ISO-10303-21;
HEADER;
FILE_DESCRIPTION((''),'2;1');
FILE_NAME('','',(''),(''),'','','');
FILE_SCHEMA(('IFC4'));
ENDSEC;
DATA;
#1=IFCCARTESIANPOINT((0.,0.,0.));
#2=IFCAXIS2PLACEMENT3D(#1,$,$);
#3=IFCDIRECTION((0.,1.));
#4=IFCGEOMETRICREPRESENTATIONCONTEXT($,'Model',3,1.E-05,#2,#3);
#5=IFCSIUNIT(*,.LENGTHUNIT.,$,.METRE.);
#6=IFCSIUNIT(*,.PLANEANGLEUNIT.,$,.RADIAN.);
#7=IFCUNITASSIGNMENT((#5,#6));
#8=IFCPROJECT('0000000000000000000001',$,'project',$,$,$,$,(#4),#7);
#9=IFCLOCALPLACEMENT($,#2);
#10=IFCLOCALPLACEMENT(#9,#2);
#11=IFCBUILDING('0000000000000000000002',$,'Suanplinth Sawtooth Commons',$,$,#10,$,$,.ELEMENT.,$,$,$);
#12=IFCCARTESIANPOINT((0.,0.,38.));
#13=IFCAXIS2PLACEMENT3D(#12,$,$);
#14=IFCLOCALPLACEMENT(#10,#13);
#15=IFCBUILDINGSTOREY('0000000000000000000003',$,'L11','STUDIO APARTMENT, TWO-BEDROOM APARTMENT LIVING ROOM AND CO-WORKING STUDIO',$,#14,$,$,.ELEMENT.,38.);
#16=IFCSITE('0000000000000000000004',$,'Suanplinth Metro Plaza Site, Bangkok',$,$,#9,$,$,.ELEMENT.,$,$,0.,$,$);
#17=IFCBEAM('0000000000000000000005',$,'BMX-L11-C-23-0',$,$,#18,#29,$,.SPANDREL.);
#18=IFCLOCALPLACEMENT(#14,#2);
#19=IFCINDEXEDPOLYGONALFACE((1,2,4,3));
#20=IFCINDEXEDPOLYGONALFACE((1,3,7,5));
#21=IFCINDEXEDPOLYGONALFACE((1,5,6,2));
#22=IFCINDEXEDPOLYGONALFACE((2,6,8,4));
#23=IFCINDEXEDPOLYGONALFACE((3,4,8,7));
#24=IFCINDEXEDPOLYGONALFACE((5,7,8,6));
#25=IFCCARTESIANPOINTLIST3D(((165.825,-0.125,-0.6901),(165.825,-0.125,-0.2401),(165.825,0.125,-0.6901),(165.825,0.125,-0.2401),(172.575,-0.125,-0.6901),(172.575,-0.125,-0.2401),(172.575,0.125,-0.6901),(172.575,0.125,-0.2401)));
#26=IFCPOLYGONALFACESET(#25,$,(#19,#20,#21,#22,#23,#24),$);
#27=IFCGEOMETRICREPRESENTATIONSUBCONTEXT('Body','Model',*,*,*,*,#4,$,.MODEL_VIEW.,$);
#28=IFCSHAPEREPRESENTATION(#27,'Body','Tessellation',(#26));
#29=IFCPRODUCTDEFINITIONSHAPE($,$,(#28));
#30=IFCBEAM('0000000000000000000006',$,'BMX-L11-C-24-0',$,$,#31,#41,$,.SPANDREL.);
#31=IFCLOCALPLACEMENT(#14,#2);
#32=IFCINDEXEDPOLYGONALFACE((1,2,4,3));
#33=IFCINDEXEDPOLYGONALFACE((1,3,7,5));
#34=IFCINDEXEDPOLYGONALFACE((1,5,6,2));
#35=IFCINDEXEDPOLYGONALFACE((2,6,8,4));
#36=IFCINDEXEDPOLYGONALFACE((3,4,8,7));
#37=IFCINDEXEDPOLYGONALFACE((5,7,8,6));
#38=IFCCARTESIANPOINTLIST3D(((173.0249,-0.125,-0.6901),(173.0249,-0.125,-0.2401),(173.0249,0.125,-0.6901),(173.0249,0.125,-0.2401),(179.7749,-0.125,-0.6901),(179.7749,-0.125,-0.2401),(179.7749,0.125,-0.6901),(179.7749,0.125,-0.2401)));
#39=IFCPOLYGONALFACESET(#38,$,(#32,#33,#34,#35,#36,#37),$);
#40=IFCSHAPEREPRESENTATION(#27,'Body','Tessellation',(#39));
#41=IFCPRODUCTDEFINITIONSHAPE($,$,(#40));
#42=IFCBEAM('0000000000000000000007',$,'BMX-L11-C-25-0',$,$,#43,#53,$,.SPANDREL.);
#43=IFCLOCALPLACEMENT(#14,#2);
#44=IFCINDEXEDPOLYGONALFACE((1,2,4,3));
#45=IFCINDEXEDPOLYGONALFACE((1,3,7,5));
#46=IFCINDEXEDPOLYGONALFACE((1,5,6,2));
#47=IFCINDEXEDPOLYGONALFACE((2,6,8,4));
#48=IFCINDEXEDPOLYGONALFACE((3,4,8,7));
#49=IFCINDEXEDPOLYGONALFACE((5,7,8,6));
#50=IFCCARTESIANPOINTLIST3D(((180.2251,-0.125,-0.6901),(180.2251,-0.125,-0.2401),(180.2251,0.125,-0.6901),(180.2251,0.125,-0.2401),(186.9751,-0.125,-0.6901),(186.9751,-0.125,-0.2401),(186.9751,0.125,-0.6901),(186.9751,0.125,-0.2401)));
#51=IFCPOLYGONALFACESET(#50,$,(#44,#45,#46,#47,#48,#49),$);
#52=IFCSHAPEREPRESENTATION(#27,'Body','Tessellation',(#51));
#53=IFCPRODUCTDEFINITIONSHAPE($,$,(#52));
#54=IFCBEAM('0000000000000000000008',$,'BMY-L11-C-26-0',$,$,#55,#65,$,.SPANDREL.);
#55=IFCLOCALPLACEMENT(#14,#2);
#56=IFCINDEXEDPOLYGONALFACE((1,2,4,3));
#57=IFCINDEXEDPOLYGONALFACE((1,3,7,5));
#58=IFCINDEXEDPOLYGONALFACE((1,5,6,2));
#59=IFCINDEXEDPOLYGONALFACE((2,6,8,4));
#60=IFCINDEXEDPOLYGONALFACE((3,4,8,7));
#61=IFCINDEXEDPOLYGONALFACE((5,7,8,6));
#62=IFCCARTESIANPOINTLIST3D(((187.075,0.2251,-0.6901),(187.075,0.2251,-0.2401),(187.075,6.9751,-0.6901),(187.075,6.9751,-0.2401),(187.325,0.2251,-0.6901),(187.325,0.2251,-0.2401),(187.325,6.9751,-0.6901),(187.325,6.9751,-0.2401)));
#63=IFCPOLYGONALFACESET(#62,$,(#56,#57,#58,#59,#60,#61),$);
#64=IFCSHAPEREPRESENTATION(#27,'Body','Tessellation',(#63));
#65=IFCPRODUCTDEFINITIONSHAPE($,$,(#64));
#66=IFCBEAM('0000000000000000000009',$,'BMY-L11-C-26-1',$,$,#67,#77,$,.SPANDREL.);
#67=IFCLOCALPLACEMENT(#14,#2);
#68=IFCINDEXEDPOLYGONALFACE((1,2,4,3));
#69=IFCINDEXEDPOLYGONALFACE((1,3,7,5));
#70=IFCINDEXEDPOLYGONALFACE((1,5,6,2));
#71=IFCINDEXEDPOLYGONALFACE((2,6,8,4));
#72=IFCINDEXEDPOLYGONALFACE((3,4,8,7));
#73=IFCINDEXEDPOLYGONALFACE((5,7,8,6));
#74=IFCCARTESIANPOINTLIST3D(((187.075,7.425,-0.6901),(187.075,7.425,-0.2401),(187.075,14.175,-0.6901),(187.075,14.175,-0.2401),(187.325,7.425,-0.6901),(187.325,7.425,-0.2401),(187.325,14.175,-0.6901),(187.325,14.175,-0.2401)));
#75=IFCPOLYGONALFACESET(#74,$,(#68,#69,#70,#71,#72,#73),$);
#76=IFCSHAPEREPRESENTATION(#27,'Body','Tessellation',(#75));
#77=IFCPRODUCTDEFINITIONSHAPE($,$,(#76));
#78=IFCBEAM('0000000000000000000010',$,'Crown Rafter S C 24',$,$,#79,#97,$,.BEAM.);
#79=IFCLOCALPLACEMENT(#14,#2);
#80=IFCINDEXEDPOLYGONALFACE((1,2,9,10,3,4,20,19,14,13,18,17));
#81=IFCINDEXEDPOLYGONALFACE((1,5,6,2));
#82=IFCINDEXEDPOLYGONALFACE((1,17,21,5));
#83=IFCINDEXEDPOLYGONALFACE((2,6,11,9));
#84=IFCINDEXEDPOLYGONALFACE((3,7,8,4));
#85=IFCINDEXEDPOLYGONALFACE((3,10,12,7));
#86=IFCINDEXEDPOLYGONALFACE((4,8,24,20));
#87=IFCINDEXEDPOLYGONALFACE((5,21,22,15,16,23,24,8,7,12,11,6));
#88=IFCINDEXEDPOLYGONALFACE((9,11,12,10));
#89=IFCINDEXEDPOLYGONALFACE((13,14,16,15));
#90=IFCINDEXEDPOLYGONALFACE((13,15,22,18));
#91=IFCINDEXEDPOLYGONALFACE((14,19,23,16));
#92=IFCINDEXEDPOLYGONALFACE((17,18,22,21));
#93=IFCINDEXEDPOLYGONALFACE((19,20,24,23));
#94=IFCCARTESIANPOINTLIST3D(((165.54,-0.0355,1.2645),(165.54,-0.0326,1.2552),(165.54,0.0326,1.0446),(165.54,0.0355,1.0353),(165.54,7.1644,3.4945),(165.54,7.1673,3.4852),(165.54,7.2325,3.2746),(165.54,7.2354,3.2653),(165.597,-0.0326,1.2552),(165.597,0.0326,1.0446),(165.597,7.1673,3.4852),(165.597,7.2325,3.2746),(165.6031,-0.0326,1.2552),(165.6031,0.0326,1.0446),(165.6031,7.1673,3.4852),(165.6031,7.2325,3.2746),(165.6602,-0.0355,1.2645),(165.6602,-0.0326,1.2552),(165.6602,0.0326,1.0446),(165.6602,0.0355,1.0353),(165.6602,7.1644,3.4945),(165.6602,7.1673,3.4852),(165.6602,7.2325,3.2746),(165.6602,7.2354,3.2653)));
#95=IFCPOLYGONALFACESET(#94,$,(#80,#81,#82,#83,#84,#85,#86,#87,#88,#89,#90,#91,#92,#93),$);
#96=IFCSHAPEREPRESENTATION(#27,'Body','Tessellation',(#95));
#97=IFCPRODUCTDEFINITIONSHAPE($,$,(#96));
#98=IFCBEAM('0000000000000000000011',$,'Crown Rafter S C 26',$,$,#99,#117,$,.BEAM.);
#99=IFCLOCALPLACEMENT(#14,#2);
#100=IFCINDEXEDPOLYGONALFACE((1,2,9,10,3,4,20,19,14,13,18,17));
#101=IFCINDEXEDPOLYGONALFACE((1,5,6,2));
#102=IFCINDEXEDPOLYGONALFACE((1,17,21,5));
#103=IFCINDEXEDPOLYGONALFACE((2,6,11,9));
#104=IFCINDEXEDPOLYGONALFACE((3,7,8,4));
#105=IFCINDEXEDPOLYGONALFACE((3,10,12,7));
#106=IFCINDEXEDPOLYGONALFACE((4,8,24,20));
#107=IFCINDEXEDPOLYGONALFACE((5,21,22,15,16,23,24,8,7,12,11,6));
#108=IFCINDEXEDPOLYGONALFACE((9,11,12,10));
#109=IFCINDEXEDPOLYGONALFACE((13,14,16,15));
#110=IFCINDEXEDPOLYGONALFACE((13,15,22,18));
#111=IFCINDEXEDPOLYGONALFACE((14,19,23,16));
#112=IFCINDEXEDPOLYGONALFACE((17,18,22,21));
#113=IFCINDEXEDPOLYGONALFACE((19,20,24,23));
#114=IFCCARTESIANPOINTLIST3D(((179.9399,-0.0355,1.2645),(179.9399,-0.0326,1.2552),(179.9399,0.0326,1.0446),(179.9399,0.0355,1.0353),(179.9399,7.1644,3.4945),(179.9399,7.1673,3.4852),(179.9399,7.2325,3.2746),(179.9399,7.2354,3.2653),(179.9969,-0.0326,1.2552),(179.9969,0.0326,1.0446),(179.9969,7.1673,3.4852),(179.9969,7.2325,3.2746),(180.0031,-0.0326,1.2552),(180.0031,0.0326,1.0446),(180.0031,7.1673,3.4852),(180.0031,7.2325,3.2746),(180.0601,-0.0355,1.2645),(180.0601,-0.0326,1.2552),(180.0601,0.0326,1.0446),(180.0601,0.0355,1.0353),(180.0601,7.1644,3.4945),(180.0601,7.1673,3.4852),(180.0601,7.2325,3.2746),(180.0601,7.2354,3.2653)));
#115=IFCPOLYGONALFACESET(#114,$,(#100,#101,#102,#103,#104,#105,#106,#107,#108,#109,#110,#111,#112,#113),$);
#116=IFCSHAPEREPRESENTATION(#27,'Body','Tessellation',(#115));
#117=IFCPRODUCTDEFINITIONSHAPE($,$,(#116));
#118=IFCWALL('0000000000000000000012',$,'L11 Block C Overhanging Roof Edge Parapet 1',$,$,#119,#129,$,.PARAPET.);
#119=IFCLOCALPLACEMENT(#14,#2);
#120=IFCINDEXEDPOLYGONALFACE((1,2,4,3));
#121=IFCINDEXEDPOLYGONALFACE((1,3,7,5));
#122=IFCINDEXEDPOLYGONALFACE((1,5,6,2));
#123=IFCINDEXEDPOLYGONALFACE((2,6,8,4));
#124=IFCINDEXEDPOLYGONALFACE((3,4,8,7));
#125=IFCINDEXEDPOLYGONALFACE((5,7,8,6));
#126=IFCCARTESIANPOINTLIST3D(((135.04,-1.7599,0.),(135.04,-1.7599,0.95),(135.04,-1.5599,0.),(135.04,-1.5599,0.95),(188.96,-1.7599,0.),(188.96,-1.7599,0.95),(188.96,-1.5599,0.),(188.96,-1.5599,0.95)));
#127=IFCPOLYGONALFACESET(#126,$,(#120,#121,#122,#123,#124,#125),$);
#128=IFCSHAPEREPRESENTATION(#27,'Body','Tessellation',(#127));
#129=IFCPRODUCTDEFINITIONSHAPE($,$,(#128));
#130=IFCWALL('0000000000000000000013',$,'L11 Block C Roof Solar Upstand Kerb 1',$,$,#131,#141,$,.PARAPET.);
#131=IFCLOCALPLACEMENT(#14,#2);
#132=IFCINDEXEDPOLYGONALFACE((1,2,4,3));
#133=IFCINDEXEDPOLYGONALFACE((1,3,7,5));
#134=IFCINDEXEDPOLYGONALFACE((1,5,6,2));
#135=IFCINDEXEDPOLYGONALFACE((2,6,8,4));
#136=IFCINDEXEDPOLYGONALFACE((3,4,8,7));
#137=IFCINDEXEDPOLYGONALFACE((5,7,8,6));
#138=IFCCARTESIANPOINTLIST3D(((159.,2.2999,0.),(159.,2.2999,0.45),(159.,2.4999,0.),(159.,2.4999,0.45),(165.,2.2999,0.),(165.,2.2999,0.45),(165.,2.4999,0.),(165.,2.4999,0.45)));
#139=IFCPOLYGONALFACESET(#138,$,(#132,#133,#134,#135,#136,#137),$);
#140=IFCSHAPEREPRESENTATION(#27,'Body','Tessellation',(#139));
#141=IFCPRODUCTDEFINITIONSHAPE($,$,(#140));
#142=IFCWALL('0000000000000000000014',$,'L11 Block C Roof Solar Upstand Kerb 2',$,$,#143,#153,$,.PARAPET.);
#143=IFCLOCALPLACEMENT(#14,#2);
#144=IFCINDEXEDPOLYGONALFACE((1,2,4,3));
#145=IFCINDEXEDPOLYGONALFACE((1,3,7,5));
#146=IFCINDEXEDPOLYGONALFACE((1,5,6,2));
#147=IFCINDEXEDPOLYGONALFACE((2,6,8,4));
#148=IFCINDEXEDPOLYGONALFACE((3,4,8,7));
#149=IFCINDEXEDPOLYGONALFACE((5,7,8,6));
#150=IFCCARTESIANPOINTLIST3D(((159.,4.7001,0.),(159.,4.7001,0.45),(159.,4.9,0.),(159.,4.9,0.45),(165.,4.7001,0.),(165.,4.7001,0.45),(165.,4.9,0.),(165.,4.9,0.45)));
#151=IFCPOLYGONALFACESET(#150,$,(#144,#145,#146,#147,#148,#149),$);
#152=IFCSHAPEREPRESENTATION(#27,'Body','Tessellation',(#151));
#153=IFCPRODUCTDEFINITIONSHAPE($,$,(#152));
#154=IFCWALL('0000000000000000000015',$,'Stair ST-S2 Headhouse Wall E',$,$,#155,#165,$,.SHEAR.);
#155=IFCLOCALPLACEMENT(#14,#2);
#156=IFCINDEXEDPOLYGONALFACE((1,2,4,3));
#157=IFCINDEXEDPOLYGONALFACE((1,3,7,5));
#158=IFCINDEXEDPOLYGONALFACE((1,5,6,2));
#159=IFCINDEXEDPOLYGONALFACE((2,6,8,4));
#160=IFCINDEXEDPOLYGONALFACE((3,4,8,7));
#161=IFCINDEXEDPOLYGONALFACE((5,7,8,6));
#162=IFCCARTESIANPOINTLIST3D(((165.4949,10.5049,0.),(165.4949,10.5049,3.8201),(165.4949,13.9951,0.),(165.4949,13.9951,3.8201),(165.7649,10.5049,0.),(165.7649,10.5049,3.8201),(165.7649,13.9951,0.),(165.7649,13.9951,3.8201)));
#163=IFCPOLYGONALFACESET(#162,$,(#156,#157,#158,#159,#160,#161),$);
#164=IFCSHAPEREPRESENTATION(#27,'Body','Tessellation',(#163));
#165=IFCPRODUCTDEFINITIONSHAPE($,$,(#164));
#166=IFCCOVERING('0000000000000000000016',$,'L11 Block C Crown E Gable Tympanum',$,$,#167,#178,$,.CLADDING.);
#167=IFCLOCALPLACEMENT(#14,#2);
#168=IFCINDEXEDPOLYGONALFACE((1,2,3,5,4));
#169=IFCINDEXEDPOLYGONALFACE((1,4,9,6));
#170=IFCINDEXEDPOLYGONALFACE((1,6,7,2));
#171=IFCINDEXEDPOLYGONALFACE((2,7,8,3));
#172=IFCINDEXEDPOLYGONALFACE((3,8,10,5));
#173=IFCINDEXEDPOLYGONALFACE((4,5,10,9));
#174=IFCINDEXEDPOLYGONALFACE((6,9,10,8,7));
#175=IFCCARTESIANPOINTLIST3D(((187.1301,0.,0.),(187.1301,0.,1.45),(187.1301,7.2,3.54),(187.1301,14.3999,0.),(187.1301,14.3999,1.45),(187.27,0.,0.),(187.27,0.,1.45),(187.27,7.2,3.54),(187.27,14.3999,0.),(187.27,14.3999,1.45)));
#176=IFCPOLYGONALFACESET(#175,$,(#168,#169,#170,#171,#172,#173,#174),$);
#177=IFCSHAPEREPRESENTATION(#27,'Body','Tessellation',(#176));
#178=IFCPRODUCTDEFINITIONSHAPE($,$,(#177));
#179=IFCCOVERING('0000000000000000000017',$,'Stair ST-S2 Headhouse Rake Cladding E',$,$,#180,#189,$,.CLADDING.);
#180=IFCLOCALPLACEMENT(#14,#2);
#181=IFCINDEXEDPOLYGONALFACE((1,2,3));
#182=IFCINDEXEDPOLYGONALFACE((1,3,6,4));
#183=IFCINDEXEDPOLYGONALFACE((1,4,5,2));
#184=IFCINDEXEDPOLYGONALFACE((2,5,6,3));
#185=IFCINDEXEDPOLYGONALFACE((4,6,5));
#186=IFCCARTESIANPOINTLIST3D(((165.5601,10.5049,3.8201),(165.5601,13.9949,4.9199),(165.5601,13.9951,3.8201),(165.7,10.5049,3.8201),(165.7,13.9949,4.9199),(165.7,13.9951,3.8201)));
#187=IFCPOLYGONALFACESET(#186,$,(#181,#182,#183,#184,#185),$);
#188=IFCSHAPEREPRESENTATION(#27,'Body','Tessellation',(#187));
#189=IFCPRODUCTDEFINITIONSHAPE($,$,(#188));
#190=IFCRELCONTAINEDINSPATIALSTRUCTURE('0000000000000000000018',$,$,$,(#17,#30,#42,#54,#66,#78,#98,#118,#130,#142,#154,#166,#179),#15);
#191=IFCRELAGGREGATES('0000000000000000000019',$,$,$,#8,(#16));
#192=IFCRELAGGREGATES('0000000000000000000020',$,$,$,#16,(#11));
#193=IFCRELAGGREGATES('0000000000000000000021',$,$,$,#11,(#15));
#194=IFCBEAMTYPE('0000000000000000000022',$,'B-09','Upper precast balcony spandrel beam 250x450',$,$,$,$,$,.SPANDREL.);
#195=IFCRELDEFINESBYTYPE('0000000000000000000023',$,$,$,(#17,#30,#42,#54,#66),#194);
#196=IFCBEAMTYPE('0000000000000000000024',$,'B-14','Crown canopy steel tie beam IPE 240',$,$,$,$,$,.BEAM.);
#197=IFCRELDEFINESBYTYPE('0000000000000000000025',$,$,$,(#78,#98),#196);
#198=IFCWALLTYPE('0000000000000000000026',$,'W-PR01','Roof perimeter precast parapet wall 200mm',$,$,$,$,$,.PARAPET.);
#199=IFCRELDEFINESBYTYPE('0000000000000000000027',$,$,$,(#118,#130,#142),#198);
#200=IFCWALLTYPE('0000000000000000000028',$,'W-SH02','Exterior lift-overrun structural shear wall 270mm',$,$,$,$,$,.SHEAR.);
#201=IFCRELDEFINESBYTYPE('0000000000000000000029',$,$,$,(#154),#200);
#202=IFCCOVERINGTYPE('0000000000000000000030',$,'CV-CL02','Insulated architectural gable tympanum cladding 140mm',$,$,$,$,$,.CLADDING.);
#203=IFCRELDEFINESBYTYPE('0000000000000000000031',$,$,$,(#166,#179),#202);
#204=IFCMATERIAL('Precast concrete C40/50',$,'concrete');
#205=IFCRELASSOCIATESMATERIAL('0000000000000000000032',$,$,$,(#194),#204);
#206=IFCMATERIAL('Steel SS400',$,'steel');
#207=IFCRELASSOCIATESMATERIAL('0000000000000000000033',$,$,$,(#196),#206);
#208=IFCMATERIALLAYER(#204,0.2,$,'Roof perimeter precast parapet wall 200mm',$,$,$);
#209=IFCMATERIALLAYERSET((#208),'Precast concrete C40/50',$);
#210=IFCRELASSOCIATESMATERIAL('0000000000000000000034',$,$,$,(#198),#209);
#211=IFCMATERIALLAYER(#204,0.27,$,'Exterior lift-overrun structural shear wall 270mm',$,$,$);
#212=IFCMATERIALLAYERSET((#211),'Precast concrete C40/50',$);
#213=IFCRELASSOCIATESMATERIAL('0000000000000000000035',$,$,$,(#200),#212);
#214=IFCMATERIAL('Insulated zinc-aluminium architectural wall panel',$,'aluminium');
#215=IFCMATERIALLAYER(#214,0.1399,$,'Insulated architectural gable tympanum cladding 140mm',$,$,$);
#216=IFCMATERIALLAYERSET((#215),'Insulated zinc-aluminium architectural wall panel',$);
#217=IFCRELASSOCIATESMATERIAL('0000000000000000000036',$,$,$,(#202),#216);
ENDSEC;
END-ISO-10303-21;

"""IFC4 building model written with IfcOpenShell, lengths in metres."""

from ifc_helpers import new_model, si_unit, direction, frame, frame_2d, origin, origin_2d, place, context, subcontext, project, spatial, polyline, rectangle, i_section, outline, extrude, material, layer, layer_set, material_profile, profile_set, type_object, element, save


model = new_model("IFC4")

# Units and contexts
model_context = context("Model", 3, precision=1e-05, world=origin(), true_north=direction((0.0, 1.0)))
body_context = subcontext(model_context, "Body", "Model", "MODEL_VIEW")
ifc_project = project(units=[si_unit("LENGTHUNIT", "METRE"), si_unit("PLANEANGLEUNIT", "RADIAN")], contexts=[model_context])

# Site, building, storey
site_placement = place(None, origin())
site = spatial("IfcSite", under=ifc_project, at=site_placement, Name="Suanplinth Metro Plaza Site, Bangkok", CompositionType="ELEMENT", RefElevation=0.0)
building_placement = place(site_placement, origin())
building = spatial("IfcBuilding", under=site, at=building_placement, Name="Suanplinth Sawtooth Commons", CompositionType="ELEMENT")
storey_placement = place(building_placement, frame((0.0, 0.0, 38.0)))
storey = spatial("IfcBuildingStorey", under=building, at=storey_placement, Name="L11", Description="STUDIO APARTMENT, TWO-BEDROOM APARTMENT LIVING ROOM AND CO-WORKING STUDIO", CompositionType="ELEMENT", Elevation=38.0)

# Beams
ifc_material_1 = material(Name="Precast concrete C40/50", Category="concrete")
ifc_material_profile_1 = material_profile(ifc_material_1, rectangle(XDim=0.25, YDim=0.45, at=origin_2d()), Name="PC-SP 250x450")
ifc_profile_set_1 = profile_set([ifc_material_profile_1], Name="Precast concrete C40/50")
beam_type_1 = type_object("IfcBeamType", Name="B-09", Description="Upper precast balcony spandrel beam 250x450", PredefinedType="SPANDREL", material=ifc_profile_set_1)
for number, where, z_axis, x_axis, name in (
    (1, (165.825, 0.0, -0.4651), (1.0, 0.0, 0.0), (0.0, 1.0, 0.0), "BMX-L11-C-23-0"),
    (2, (173.0249, 0.0, -0.4651), (1.0, 0.0, 0.0), (0.0, 1.0, 0.0), "BMX-L11-C-24-0"),
    (3, (180.2251, 0.0, -0.4651), (1.0, 0.0, 0.0), (0.0, 1.0, 0.0), "BMX-L11-C-25-0"),
    (4, (187.2, 0.2251, -0.4651), (0.0, 1.0, 0.0), (-1.0, 0.0, 0.0), "BMY-L11-C-26-0"),
    (5, (187.2, 7.425, -0.4651), (0.0, 1.0, 0.0), (-1.0, 0.0, 0.0), "BMY-L11-C-26-1"),
):
    element("IfcBeam", number, at=place(storey_placement, frame(where, z_axis=z_axis, x_axis=x_axis)), inside=storey, type_object=beam_type_1, Name=name, PredefinedType="SPANDREL", context=body_context, shape_type="SweptSolid", body=[
        extrude(rectangle(XDim=0.25, YDim=0.45, at=origin_2d()), origin(), (0.0, 0.0, 1.0), 6.75),
    ])
ifc_material_2 = material(Name="Steel SS400", Category="steel")
ifc_material_profile_2 = material_profile(ifc_material_2, i_section(OverallWidth=0.1201, OverallDepth=0.24, WebThickness=0.0061, FlangeThickness=0.0098, at=origin_2d()), Name="IPE 240")
ifc_profile_set_2 = profile_set([ifc_material_profile_2], Name="Steel SS400")
beam_type_2 = type_object("IfcBeamType", Name="B-14", Description="Crown canopy steel tie beam IPE 240", PredefinedType="BEAM", material=ifc_profile_set_2)
for number, where, z_axis, x_axis, name in (
    (6, (165.6001, 0.0, 1.1499), (0.0, 0.955233, 0.295856), (-1.0, 0.0, 0.0), "Crown Rafter S C 24"),
    (7, (180.0, 0.0, 1.1499), (0.0, 0.955233, 0.295856), (-1.0, 0.0, 0.0), "Crown Rafter S C 26"),
):
    element("IfcBeam", number, at=place(storey_placement, frame(where, z_axis=z_axis, x_axis=x_axis)), inside=storey, type_object=beam_type_2, Name=name, PredefinedType="BEAM", context=body_context, shape_type="SweptSolid", body=[
        extrude(i_section(OverallWidth=0.1201, OverallDepth=0.24, WebThickness=0.0061, FlangeThickness=0.0098, at=origin_2d()), origin(), (0.0, 0.0, 1.0), 7.5374),
    ])

# Walls
ifc_layer_1 = layer(ifc_material_1, 0.2, Name="Roof perimeter precast parapet wall 200mm")
ifc_layer_set_1 = layer_set([ifc_layer_1], Name="Precast concrete C40/50")
wall_type_1 = type_object("IfcWallType", Name="W-PR01", Description="Roof perimeter precast parapet wall 200mm", PredefinedType="PARAPET", material=ifc_layer_set_1)
wall_1_placement = place(storey_placement, frame((188.96, -1.6599, 0.0), z_axis=(0.0, 0.0, 1.0), x_axis=(-1.0, 0.0, 0.0)))
element("IfcWall", 8, at=wall_1_placement, inside=storey, type_object=wall_type_1, Name="L11 Block C Overhanging Roof Edge Parapet 1", PredefinedType="PARAPET", context=body_context, shape_type="SweptSolid", body=[
    extrude(rectangle(XDim=53.9199, YDim=0.2, at=frame_2d((26.96, 0.0))), origin(), (0.0, 0.0, 1.0), 0.95),
])
for number, where, z_axis, x_axis, name in (
    (9, (159.0, 2.3999, 0.0), (0.0, 0.0, 1.0), (1.0, 0.0, 0.0), "L11 Block C Roof Solar Upstand Kerb 1"),
    (10, (159.0, 4.8, 0.0), (0.0, 0.0, 1.0), (1.0, 0.0, 0.0), "L11 Block C Roof Solar Upstand Kerb 2"),
):
    element("IfcWall", number, at=place(storey_placement, frame(where, z_axis=z_axis, x_axis=x_axis)), inside=storey, type_object=wall_type_1, Name=name, PredefinedType="PARAPET", context=body_context, shape_type="SweptSolid", body=[
        extrude(rectangle(XDim=6.0, YDim=0.2, at=frame_2d((3.0, 0.0))), origin(), (0.0, 0.0, 1.0), 0.45),
    ])
ifc_layer_2 = layer(ifc_material_1, 0.27, Name="Exterior lift-overrun structural shear wall 270mm")
ifc_layer_set_2 = layer_set([ifc_layer_2], Name="Precast concrete C40/50")
wall_type_2 = type_object("IfcWallType", Name="W-SH02", Description="Exterior lift-overrun structural shear wall 270mm", PredefinedType="SHEAR", material=ifc_layer_set_2)
wall_2_placement = place(storey_placement, frame((165.6299, 10.5049, 0.0), z_axis=(0.0, 0.0, 1.0), x_axis=(0.0, 1.0, 0.0)))
element("IfcWall", 11, at=wall_2_placement, inside=storey, type_object=wall_type_2, Name="Stair ST-S2 Headhouse Wall E", PredefinedType="SHEAR", context=body_context, shape_type="SweptSolid", body=[
    extrude(rectangle(XDim=3.4902, YDim=0.27, at=frame_2d((1.7451, 0.0))), origin(), (0.0, 0.0, 1.0), 3.8201),
])

# Coverings
ifc_material_3 = material(Name="Insulated zinc-aluminium architectural wall panel", Category="aluminium")
ifc_layer_3 = layer(ifc_material_3, 0.1399, Name="Insulated architectural gable tympanum cladding 140mm")
ifc_layer_set_3 = layer_set([ifc_layer_3], Name="Insulated zinc-aluminium architectural wall panel")
covering_type = type_object("IfcCoveringType", Name="CV-CL02", Description="Insulated architectural gable tympanum cladding 140mm", PredefinedType="CLADDING", material=ifc_layer_set_3)
covering_1_placement = place(storey_placement, frame((187.2, 0.0, 0.0), z_axis=(0.0, 0.0, 1.0), x_axis=(0.0, 1.0, 0.0)))
element("IfcCovering", 12, at=covering_1_placement, inside=storey, type_object=covering_type, Name="L11 Block C Crown E Gable Tympanum", PredefinedType="CLADDING", context=body_context, shape_type="SweptSolid", body=[
    extrude(outline(polyline([(0.0, 0.0), (14.3999, 0.0), (14.3999, 1.45), (7.2, 3.54), (0.0, 1.45), (0.0, 0.0)])), frame((0.0, 0.0698, 0.0), z_axis=(0.0, -1.0, 0.0), x_axis=(1.0, 0.0, 0.0)), (0.0, 0.0, 1.0), 0.1399),
])
covering_2_placement = place(storey_placement, frame((165.6299, 10.5049, 3.8201), z_axis=(0.0, 0.0, 1.0), x_axis=(0.0, 1.0, 0.0)))
element("IfcCovering", 13, at=covering_2_placement, inside=storey, type_object=covering_type, Name="Stair ST-S2 Headhouse Rake Cladding E", PredefinedType="CLADDING", context=body_context, shape_type="SweptSolid", body=[
    extrude(outline(polyline([(0.0, 0.0), (3.4902, 0.0), (3.49, 1.0999), (0.0, 0.0), (0.0, 0.0)])), frame((0.0, 0.0698, 0.0), z_axis=(0.0, -1.0, 0.0), x_axis=(1.0, 0.0, 0.0)), (0.0, 0.0, 1.0), 0.1399),
])

save(model, "model.ifc")
